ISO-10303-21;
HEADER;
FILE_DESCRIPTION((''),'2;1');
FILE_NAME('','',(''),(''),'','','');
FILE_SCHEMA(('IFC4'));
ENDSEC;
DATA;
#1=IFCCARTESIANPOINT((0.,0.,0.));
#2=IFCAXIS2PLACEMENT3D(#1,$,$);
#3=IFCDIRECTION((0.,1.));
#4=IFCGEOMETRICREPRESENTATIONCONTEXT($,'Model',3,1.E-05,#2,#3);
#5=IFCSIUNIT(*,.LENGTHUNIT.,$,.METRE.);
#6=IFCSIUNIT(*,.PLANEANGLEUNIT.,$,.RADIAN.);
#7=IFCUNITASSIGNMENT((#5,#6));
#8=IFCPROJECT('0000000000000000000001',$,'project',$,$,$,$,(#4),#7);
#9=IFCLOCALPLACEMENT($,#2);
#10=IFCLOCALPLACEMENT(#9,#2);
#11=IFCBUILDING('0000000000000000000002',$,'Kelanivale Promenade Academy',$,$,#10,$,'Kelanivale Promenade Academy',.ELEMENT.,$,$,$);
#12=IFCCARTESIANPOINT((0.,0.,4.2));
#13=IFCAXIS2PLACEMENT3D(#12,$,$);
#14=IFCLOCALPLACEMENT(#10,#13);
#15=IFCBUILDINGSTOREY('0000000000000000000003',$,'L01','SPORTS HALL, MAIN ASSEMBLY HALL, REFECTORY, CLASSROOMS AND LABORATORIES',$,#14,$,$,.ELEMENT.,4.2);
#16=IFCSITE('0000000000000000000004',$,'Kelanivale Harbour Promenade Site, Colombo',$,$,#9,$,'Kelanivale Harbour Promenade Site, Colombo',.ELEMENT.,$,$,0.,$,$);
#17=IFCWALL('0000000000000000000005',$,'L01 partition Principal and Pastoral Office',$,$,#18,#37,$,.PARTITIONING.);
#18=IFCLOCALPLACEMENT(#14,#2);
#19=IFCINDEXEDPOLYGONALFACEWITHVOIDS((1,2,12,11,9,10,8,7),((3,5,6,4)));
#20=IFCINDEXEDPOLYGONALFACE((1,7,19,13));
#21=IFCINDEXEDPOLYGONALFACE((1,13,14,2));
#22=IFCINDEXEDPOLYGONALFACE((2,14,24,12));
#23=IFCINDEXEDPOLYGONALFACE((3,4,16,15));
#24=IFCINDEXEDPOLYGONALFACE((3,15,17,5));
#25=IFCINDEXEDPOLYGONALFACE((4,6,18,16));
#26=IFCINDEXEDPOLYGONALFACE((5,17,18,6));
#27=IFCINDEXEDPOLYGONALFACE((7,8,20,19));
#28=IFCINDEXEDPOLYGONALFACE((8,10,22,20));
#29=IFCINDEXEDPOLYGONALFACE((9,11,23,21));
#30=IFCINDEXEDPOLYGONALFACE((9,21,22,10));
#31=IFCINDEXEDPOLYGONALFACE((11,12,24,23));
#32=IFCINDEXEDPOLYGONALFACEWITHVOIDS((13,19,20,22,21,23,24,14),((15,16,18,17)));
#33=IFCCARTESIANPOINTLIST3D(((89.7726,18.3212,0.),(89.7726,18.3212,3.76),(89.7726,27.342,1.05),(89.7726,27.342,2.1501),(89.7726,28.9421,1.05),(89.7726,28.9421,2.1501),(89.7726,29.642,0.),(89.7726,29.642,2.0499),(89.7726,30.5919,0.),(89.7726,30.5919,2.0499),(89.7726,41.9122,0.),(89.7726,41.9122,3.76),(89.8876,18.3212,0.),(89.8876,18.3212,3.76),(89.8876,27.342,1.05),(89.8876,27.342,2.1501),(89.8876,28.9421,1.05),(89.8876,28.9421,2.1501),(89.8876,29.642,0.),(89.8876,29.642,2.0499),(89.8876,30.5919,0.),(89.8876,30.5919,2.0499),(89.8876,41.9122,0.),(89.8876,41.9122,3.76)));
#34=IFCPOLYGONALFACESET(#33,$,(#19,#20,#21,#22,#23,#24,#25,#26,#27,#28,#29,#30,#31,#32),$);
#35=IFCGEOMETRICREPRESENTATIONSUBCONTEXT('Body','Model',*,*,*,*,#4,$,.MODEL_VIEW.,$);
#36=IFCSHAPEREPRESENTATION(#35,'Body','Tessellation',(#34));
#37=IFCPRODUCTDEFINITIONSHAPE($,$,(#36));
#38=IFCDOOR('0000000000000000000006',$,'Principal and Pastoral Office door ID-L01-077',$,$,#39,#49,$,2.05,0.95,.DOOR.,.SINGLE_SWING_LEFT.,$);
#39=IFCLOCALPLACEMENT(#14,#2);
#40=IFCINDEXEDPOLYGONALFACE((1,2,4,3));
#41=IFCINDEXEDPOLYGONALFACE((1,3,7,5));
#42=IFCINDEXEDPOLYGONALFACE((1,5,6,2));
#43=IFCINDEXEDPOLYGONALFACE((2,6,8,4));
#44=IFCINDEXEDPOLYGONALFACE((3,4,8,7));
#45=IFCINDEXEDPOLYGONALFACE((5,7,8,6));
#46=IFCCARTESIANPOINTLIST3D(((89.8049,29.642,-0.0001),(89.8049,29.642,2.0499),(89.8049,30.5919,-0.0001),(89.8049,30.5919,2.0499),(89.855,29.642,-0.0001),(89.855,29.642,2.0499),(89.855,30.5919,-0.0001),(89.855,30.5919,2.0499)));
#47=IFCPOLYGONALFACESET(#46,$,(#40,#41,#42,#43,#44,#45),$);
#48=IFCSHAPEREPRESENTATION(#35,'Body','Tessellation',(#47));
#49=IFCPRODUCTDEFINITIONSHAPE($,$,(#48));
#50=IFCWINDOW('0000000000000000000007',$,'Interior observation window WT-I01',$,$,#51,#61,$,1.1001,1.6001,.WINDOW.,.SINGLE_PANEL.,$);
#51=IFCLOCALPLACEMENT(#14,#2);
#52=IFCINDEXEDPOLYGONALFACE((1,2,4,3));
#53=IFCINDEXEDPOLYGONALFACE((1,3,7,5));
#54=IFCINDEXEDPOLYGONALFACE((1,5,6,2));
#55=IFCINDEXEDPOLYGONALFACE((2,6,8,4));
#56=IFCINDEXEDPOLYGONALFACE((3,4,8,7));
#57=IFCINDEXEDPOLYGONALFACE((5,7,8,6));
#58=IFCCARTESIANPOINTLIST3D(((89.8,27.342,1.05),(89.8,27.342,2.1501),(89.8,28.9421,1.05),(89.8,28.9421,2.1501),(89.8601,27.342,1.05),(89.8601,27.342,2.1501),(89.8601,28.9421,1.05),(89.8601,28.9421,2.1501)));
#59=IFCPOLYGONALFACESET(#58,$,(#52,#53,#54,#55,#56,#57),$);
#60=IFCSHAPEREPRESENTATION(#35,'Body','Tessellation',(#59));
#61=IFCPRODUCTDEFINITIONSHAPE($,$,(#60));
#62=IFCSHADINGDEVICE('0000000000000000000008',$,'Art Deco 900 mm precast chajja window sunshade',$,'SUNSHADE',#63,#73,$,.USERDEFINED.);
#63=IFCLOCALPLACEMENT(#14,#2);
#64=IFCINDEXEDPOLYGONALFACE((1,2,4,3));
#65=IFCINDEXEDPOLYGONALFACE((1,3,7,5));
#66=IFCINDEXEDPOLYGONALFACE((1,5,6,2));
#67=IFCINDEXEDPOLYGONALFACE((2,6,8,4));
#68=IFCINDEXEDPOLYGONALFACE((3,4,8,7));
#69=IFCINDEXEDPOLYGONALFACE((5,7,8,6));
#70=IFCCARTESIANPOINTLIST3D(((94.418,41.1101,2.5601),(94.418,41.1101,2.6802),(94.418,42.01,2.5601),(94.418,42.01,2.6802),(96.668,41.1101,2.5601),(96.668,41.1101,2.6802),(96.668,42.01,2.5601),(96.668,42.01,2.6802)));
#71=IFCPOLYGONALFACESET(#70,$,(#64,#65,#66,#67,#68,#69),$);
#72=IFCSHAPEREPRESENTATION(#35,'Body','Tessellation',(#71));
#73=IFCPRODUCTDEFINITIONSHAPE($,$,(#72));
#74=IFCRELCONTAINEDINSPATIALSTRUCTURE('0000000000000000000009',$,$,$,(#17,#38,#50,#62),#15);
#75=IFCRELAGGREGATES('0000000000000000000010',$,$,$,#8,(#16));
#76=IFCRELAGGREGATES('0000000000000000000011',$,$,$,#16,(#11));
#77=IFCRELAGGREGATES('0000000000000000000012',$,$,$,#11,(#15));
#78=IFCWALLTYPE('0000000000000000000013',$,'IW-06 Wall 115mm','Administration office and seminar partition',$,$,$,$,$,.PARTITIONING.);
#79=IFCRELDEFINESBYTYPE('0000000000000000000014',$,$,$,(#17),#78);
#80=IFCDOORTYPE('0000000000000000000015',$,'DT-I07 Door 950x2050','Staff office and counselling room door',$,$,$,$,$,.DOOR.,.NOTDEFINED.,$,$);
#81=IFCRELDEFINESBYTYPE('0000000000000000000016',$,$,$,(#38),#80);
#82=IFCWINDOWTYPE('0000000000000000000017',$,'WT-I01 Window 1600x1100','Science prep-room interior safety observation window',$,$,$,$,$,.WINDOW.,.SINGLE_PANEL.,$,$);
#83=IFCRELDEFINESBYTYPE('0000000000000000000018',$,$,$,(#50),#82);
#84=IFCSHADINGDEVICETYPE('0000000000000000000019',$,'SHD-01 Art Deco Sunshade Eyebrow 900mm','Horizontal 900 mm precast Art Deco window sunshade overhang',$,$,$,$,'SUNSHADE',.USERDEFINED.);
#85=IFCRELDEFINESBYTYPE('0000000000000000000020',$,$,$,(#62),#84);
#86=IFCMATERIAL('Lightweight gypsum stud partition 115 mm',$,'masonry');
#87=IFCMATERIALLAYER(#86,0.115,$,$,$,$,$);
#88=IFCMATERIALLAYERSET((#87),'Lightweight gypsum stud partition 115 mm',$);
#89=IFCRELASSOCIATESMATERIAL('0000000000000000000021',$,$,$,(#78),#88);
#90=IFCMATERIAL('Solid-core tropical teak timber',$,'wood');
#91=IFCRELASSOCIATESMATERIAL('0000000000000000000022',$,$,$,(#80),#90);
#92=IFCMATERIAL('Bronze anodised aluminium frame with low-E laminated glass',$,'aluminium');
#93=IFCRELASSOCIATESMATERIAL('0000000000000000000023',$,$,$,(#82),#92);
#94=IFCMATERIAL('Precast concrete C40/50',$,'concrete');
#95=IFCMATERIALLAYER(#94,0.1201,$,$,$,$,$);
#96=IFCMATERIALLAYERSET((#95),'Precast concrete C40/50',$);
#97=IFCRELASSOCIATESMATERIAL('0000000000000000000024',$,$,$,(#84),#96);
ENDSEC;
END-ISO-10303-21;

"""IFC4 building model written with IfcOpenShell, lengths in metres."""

from ifc_helpers import new_model, si_unit, direction, frame, frame_2d, origin, origin_2d, place, context, subcontext, project, spatial, rectangle, extrude, material, layer, layer_set, type_object, element, fill, save


model = new_model("IFC4")

# Units and contexts
model_context = context("Model", 3, precision=1e-05, world=origin(), true_north=direction((0.0, 1.0)))
body_context = subcontext(model_context, "Body", "Model", "MODEL_VIEW")
ifc_project = project(units=[si_unit("LENGTHUNIT", "METRE"), si_unit("PLANEANGLEUNIT", "RADIAN")], contexts=[model_context])

# Site, building, storey
site_placement = place(None, origin())
site = spatial("IfcSite", under=ifc_project, at=site_placement, Name="Kelanivale Harbour Promenade Site, Colombo", LongName="Kelanivale Harbour Promenade Site, Colombo", CompositionType="ELEMENT", RefElevation=0.0)
building_placement = place(site_placement, origin())
building = spatial("IfcBuilding", under=site, at=building_placement, Name="Kelanivale Promenade Academy", LongName="Kelanivale Promenade Academy", CompositionType="ELEMENT")
storey_placement = place(building_placement, frame((0.0, 0.0, 4.2)))
storey = spatial("IfcBuildingStorey", under=building, at=storey_placement, Name="L01", Description="SPORTS HALL, MAIN ASSEMBLY HALL, REFECTORY, CLASSROOMS AND LABORATORIES", CompositionType="ELEMENT", Elevation=4.2)

# Shared definitions
ifc_material_1 = material(Name="Bronze anodised aluminium frame with low-E laminated glass", Category="aluminium")

# Shared definitions
ifc_material_2 = material(Name="Lightweight gypsum stud partition 115 mm", Category="masonry")
ifc_layer_1 = layer(ifc_material_2, 0.115)
ifc_layer_set_1 = layer_set([ifc_layer_1], Name="Lightweight gypsum stud partition 115 mm")
wall_type_1 = type_object("IfcWallType", Name="IW-06 Wall 115mm", Description="Administration office and seminar partition", PredefinedType="PARTITIONING", material=ifc_layer_set_1)

# Wall, openings, door, window
wall_1_placement = place(storey_placement, frame((89.8301, 41.9121, 0.0), z_axis=(0.0, 0.0, 1.0), x_axis=(0.0, -1.0, 0.0)))
wall_1 = element("IfcWall", 1, at=wall_1_placement, inside=storey, type_object=wall_type_1, Name="L01 partition Principal and Pastoral Office", PredefinedType="PARTITIONING", context=body_context, shape_type="SweptSolid", body=[
    extrude(rectangle(XDim=23.5911, YDim=0.115, at=frame_2d((11.7954, 0.0))), origin(), (0.0, 0.0, 1.0), 3.76),
])
opening_1_placement = place(wall_1_placement, frame((11.3201, 0.0, 0.0)))
opening_1 = element("IfcOpeningElement", 2, at=opening_1_placement, cuts=wall_1, PredefinedType="OPENING", context=body_context, shape_type="SweptSolid", body=[
    extrude(rectangle(XDim=0.95, YDim=2.05, at=frame_2d((0.4751, 1.0249))), frame((0.0, 0.0674, 0.0), z_axis=(0.0, -1.0, 0.0), x_axis=(1.0, 0.0, 0.0)), (0.0, 0.0, 1.0), 0.135),
])
opening_2_placement = place(wall_1_placement, frame((12.97, 0.0, 1.05)))
opening_2 = element("IfcOpeningElement", 3, at=opening_2_placement, cuts=wall_1, PredefinedType="OPENING", context=body_context, shape_type="SweptSolid", body=[
    extrude(rectangle(XDim=1.6001, YDim=1.1001, at=frame_2d((0.8, 0.55))), frame((0.0, 0.0674, 0.0), z_axis=(0.0, -1.0, 0.0), x_axis=(1.0, 0.0, 0.0)), (0.0, 0.0, 1.0), 0.135),
])
ifc_material_3 = material(Name="Solid-core tropical teak timber", Category="wood")
door_type = type_object("IfcDoorType", Name="DT-I07 Door 950x2050", Description="Staff office and counselling room door", OperationType="NOTDEFINED", PredefinedType="DOOR", material=ifc_material_3)
door_placement = place(opening_1_placement, origin())
door = element("IfcDoor", 4, at=door_placement, inside=storey, type_object=door_type, Name="Principal and Pastoral Office door ID-L01-077", OperationType="SINGLE_SWING_LEFT", OverallHeight=2.05, OverallWidth=0.95, PredefinedType="DOOR", context=body_context, shape_type="SweptSolid", body=[
    extrude(rectangle(XDim=0.95, YDim=2.05, at=frame_2d((0.4751, 1.0249))), frame((0.0, 0.0249, 0.0), z_axis=(0.0, -1.0, 0.0), x_axis=(1.0, 0.0, 0.0)), (0.0, 0.0, 1.0), 0.05),
])
fill(opening_1, door)
window_type_1 = type_object("IfcWindowType", Name="WT-I01 Window 1600x1100", Description="Science prep-room interior safety observation window", PartitioningType="SINGLE_PANEL", PredefinedType="WINDOW", material=ifc_material_1)
window_1_placement = place(opening_2_placement, origin())
window_1 = element("IfcWindow", 5, at=window_1_placement, inside=storey, type_object=window_type_1, Name="Interior observation window WT-I01", OverallHeight=1.1001, OverallWidth=1.6001, PartitioningType="SINGLE_PANEL", PredefinedType="WINDOW", context=body_context, shape_type="SweptSolid", body=[
    extrude(rectangle(XDim=1.6001, YDim=1.1001, at=frame_2d((0.8, 0.55))), frame((0.0, 0.03, 0.0), z_axis=(0.0, -1.0, 0.0), x_axis=(1.0, 0.0, 0.0)), (0.0, 0.0, 1.0), 0.0601),
])
fill(opening_2, window_1)

# Shading device
ifc_material_4 = material(Name="Precast concrete C40/50", Category="concrete")
ifc_layer_2 = layer(ifc_material_4, 0.1201)
ifc_layer_set_2 = layer_set([ifc_layer_2], Name="Precast concrete C40/50")
shading_device_type = type_object("IfcShadingDeviceType", Name="SHD-01 Art Deco Sunshade Eyebrow 900mm", Description="Horizontal 900 mm precast Art Deco window sunshade overhang", ElementType="SUNSHADE", PredefinedType="USERDEFINED", material=ifc_layer_set_2)
shading_device_placement = place(storey_placement, frame((95.543, 41.5601, 2.5601), z_axis=(0.0, 0.0, 1.0), x_axis=(1.0, 0.0, 0.0)))
element("IfcShadingDevice", 6, at=shading_device_placement, inside=storey, type_object=shading_device_type, Name="Art Deco 900 mm precast chajja window sunshade", ObjectType="SUNSHADE", PredefinedType="USERDEFINED", context=body_context, shape_type="SweptSolid", body=[
    extrude(rectangle(XDim=2.25, YDim=0.8999, at=origin_2d()), origin(), (0.0, 0.0, 1.0), 0.1201),
])

save(model, "model.ifc")
